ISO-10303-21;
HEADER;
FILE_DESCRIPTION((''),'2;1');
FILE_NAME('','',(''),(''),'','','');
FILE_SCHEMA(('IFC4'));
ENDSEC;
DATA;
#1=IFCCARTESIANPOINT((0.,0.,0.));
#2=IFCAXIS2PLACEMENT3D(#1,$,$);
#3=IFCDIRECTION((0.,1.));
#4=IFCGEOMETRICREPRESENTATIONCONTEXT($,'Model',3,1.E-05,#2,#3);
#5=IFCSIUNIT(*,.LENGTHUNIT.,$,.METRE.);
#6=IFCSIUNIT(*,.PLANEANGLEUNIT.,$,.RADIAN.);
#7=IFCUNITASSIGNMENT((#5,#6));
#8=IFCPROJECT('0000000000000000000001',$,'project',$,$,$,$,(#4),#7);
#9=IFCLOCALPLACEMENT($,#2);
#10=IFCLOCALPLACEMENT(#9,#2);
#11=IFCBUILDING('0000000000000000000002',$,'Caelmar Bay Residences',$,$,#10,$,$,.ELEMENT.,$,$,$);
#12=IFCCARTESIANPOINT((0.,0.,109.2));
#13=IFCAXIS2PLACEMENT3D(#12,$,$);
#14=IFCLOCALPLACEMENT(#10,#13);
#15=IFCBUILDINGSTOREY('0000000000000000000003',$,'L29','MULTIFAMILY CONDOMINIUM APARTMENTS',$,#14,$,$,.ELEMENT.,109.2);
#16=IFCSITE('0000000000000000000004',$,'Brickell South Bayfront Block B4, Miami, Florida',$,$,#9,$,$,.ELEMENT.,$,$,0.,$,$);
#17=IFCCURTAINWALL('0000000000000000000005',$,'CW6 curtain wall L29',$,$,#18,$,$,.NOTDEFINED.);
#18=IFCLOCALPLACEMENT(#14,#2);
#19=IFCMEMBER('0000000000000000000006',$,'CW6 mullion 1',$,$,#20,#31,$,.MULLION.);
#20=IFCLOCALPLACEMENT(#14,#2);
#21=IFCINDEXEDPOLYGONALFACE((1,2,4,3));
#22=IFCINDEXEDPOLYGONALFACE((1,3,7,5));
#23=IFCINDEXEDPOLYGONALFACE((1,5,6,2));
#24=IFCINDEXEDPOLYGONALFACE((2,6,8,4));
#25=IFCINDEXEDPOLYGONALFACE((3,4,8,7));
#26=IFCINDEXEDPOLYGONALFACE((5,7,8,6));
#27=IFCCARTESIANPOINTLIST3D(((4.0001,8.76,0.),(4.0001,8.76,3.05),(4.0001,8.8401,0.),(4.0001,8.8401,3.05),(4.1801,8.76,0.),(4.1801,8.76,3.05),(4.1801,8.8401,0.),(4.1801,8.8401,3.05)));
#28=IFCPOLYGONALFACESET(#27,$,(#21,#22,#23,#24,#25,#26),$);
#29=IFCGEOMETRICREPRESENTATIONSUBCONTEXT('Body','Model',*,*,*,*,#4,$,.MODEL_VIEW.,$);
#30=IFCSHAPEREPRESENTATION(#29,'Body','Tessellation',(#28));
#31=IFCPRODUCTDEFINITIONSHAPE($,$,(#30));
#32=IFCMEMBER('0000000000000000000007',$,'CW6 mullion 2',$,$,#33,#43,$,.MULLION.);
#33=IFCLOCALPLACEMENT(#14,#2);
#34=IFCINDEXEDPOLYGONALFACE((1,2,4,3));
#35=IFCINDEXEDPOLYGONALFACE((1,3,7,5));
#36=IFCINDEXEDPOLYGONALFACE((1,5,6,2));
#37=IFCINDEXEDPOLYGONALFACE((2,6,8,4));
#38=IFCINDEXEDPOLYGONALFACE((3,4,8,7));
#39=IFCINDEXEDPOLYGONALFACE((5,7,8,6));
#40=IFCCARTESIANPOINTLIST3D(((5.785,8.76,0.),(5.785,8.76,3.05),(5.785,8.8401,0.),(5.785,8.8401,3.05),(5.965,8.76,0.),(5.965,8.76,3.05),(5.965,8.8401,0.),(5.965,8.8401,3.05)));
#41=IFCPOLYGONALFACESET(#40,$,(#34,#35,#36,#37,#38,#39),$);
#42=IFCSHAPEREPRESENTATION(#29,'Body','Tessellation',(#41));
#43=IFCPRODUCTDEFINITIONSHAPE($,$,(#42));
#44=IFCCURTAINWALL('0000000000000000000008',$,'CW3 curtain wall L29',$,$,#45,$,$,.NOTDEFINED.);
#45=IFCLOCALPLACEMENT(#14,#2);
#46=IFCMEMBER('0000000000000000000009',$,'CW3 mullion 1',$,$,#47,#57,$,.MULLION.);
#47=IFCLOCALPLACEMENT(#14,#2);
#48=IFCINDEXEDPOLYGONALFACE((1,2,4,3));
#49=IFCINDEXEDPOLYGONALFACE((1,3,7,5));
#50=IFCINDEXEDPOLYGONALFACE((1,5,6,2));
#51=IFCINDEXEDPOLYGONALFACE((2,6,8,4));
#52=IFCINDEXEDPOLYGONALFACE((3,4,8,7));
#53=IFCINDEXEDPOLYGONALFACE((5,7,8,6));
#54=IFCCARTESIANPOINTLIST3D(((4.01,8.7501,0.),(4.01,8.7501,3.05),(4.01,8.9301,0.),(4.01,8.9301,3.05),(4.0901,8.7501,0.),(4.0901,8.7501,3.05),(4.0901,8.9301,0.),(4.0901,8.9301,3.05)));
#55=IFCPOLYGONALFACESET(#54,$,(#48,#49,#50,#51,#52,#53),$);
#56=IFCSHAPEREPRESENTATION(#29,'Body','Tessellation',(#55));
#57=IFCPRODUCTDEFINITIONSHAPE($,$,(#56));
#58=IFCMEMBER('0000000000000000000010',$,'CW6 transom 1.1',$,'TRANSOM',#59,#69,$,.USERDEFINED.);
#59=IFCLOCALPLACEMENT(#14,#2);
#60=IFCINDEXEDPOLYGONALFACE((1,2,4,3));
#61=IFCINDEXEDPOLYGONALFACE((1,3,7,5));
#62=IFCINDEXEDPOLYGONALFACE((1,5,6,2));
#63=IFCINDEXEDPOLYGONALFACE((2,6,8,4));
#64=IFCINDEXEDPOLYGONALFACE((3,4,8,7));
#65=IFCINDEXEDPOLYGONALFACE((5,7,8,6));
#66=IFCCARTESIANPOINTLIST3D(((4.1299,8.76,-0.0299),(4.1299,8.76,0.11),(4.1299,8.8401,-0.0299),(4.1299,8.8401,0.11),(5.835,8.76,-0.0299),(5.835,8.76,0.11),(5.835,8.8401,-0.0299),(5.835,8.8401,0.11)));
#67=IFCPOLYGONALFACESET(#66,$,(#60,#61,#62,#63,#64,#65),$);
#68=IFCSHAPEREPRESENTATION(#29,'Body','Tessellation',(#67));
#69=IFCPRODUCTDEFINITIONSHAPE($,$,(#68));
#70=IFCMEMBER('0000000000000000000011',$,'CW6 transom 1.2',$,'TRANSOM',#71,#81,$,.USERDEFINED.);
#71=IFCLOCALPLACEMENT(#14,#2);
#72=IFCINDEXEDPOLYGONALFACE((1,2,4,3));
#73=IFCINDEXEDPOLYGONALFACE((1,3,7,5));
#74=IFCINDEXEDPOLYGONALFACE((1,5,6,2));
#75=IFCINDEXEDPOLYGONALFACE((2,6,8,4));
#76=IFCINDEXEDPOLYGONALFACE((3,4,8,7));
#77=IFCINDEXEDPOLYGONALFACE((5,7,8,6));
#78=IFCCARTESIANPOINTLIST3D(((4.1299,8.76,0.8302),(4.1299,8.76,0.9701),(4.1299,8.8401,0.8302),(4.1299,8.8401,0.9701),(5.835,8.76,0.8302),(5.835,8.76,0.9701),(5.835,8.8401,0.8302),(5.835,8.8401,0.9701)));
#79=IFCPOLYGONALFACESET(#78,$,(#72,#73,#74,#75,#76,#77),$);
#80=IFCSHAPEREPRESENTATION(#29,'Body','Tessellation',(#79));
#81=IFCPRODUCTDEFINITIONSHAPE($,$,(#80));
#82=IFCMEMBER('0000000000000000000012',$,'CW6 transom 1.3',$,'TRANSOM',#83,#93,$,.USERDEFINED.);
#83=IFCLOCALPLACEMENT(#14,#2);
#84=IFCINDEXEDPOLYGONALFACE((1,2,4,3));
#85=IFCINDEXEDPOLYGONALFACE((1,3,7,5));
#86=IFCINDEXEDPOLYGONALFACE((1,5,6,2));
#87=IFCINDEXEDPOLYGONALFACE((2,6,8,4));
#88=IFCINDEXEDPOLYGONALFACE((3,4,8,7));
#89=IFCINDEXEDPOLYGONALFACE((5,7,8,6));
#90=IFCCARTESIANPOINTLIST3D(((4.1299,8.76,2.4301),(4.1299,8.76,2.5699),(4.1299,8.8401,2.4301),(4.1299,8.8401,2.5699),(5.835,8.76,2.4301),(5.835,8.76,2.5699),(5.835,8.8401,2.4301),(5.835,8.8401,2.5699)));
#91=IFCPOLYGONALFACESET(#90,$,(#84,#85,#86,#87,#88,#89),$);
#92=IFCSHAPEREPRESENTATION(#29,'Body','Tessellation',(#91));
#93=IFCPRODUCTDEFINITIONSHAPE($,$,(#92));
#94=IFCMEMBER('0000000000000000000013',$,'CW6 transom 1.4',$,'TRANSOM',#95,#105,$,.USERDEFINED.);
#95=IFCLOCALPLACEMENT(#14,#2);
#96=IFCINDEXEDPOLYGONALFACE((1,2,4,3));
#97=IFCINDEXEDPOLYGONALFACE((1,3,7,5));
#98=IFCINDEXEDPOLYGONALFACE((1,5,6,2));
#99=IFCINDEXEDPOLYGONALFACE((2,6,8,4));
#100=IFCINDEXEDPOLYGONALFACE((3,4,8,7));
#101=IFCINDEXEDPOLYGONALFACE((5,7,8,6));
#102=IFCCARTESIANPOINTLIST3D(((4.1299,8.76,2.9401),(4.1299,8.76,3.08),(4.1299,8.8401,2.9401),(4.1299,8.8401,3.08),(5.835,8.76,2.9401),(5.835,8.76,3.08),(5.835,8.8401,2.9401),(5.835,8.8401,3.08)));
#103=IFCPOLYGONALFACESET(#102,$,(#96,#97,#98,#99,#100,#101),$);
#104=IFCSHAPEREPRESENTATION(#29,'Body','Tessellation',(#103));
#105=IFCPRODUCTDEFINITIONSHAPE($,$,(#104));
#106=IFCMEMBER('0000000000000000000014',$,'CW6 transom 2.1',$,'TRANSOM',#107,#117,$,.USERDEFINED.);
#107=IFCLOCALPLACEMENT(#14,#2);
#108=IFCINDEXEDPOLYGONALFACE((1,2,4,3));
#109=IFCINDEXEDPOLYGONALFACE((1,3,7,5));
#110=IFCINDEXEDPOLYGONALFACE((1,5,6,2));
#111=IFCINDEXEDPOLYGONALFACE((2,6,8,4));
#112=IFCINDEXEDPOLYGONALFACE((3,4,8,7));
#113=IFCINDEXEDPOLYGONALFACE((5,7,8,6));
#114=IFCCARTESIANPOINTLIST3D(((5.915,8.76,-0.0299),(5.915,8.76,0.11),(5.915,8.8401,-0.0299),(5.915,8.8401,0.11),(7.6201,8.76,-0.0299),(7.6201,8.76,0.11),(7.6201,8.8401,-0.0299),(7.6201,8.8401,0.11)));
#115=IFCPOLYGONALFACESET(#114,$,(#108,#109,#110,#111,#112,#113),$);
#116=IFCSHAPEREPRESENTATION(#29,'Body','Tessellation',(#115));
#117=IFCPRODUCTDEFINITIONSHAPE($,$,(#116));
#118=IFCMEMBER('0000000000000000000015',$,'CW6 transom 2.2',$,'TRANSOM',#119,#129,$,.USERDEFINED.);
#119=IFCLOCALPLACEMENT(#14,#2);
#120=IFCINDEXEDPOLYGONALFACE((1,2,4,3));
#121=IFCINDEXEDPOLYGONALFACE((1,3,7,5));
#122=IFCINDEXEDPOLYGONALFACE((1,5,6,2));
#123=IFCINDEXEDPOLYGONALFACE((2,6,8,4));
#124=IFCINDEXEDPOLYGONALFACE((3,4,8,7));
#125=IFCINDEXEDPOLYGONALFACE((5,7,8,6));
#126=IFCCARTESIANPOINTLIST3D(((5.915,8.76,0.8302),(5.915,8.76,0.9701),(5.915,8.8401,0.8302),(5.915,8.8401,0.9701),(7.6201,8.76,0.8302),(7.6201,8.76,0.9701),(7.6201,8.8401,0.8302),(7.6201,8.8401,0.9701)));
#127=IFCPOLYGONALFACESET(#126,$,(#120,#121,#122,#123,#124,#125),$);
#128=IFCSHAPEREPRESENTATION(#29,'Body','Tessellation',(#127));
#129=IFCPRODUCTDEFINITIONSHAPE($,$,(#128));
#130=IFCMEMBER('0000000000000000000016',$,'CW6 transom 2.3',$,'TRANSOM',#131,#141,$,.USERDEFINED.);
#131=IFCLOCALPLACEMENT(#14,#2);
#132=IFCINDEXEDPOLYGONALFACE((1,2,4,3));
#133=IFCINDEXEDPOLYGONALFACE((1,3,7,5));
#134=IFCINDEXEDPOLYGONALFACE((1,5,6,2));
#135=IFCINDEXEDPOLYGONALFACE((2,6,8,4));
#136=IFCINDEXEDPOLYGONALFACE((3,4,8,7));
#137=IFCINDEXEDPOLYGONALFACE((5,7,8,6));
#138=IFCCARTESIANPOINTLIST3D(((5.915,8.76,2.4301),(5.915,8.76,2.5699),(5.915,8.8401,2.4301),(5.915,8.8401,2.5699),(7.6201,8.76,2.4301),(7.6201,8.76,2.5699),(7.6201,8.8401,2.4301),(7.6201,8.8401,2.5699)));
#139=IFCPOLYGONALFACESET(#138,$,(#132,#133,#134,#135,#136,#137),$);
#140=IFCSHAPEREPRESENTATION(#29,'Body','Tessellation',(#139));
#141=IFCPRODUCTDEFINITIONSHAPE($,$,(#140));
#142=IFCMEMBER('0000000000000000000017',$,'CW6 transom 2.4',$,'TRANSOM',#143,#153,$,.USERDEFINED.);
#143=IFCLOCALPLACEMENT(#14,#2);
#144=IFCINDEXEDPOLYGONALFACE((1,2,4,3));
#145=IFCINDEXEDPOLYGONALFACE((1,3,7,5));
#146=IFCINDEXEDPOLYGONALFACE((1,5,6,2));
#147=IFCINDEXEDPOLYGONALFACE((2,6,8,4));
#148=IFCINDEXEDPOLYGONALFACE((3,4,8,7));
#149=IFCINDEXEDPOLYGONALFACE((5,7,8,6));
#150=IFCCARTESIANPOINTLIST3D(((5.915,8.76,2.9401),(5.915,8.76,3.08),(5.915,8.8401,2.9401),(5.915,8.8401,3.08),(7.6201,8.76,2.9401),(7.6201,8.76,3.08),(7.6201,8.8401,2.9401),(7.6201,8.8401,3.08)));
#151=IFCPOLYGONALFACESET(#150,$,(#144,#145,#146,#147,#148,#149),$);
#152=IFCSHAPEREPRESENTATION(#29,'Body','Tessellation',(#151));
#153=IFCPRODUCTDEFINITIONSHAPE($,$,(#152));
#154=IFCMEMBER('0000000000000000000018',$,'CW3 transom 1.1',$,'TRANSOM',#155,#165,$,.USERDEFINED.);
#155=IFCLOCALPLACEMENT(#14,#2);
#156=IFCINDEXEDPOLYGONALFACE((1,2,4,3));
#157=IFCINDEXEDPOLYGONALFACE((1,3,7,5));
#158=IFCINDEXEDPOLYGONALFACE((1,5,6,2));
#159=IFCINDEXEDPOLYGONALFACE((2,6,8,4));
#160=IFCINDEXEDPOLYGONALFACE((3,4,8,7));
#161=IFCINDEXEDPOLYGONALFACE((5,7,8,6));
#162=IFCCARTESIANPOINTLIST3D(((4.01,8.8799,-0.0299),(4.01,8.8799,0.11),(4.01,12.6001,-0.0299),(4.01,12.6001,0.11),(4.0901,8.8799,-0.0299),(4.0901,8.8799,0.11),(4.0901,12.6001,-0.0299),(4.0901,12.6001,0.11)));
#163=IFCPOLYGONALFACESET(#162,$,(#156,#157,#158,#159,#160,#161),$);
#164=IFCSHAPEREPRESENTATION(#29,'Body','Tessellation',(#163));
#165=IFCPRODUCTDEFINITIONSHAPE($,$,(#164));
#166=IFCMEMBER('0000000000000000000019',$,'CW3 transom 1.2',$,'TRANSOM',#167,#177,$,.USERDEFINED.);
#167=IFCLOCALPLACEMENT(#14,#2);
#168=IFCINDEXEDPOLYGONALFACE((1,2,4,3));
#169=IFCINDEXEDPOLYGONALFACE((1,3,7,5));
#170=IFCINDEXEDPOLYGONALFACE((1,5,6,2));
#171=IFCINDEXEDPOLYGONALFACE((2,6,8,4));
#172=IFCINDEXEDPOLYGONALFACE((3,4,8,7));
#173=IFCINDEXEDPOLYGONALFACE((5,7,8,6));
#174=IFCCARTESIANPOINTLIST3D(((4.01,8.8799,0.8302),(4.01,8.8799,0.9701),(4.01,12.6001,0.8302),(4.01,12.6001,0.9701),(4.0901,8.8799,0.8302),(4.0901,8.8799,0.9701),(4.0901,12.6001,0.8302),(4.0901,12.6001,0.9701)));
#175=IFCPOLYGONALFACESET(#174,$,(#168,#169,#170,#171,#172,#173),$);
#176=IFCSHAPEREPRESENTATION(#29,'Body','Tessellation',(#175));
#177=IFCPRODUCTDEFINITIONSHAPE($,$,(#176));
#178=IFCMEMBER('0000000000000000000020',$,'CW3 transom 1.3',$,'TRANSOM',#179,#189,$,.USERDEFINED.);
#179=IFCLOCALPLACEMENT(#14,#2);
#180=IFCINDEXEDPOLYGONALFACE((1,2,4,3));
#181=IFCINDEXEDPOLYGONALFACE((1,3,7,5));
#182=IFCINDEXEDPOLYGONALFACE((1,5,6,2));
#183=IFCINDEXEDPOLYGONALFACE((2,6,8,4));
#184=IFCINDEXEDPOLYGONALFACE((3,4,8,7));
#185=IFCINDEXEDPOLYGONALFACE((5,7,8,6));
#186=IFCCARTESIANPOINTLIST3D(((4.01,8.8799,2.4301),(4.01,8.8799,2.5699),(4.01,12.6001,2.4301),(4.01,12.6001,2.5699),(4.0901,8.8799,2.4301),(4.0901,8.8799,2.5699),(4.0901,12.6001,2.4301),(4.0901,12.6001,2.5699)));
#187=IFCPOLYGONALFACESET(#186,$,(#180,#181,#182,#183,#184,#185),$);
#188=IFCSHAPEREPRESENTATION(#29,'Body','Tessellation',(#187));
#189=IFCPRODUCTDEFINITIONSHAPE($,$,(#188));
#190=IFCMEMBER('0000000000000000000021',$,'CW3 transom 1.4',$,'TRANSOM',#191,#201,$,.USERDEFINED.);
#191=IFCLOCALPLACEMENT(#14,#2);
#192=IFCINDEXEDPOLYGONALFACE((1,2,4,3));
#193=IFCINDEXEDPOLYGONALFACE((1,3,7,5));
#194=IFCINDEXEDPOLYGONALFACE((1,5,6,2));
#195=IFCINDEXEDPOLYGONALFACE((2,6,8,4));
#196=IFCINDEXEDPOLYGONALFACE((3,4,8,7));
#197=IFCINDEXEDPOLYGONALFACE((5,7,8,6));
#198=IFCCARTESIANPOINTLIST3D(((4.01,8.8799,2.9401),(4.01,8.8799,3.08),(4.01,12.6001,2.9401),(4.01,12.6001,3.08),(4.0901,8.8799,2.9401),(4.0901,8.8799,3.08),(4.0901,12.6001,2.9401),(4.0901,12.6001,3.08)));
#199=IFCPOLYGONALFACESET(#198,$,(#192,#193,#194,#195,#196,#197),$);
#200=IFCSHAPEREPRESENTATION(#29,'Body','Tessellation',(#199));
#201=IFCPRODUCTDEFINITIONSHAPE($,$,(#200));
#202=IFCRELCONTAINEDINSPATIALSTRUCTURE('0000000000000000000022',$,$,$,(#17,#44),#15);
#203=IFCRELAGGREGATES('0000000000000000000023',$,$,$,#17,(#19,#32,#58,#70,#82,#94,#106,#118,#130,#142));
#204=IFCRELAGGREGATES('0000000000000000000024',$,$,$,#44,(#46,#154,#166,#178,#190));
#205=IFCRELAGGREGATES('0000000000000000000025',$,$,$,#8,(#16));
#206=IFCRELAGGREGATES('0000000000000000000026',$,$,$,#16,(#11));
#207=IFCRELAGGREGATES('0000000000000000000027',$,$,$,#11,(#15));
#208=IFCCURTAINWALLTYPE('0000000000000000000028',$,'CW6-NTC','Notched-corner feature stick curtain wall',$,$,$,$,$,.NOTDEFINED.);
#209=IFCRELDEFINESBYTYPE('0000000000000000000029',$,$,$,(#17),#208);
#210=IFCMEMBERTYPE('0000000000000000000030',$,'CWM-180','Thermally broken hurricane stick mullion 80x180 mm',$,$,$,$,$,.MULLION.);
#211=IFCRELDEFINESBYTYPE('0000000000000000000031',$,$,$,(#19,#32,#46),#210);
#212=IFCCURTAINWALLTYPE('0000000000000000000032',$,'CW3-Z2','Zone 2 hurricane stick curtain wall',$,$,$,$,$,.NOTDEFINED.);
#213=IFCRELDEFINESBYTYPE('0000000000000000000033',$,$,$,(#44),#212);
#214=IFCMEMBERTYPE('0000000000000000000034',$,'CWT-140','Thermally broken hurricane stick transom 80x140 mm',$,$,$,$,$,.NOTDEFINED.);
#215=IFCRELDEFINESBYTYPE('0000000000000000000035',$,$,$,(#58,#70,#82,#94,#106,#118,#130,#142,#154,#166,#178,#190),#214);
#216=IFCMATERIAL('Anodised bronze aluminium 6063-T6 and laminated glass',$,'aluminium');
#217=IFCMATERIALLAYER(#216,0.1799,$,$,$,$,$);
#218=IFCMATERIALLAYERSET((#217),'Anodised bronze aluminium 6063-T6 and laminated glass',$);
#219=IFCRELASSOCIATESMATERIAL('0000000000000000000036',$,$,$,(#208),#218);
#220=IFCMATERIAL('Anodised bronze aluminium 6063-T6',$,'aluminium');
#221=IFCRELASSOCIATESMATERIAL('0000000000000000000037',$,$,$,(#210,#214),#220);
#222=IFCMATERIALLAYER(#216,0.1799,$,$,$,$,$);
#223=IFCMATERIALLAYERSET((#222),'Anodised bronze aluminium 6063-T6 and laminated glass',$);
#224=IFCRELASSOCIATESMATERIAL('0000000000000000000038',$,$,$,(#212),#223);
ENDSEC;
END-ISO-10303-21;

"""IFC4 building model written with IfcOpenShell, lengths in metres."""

from ifc_helpers import new_model, si_unit, direction, frame, origin, origin_2d, place, context, subcontext, project, spatial, rectangle, extrude, material, layer, layer_set, material_profile, profile_set, type_object, element, aggregate, save


model = new_model("IFC4")

# Units and contexts
model_context = context("Model", 3, precision=1e-05, world=origin(), true_north=direction((0.0, 1.0)))
body_context = subcontext(model_context, "Body", "Model", "MODEL_VIEW")
ifc_project = project(units=[si_unit("LENGTHUNIT", "METRE"), si_unit("PLANEANGLEUNIT", "RADIAN")], contexts=[model_context])

# Site, building, storey
site_placement = place(None, origin())
site = spatial("IfcSite", under=ifc_project, at=site_placement, Name="Brickell South Bayfront Block B4, Miami, Florida", CompositionType="ELEMENT", RefElevation=0.0)
building_placement = place(site_placement, origin())
building = spatial("IfcBuilding", under=site, at=building_placement, Name="Caelmar Bay Residences", CompositionType="ELEMENT")
storey_placement = place(building_placement, frame((0.0, 0.0, 109.2)))
storey = spatial("IfcBuildingStorey", under=building, at=storey_placement, Name="L29", Description="MULTIFAMILY CONDOMINIUM APARTMENTS", CompositionType="ELEMENT", Elevation=109.2)

# Curtain wall, members
ifc_material_1 = material(Name="Anodised bronze aluminium 6063-T6 and laminated glass", Category="aluminium")
ifc_layer_1 = layer(ifc_material_1, 0.1799)
ifc_layer_set_1 = layer_set([ifc_layer_1], Name="Anodised bronze aluminium 6063-T6 and laminated glass")
curtain_wall_type_1 = type_object("IfcCurtainWallType", Name="CW6-NTC", Description="Notched-corner feature stick curtain wall", PredefinedType="NOTDEFINED", material=ifc_layer_set_1)
curtain_wall_1_placement = place(storey_placement, origin())
curtain_wall_1 = element("IfcCurtainWall", 1, at=curtain_wall_1_placement, inside=storey, type_object=curtain_wall_type_1, Name="CW6 curtain wall L29", PredefinedType="NOTDEFINED")
ifc_material_2 = material(Name="Anodised bronze aluminium 6063-T6", Category="aluminium")
ifc_material_profile_1 = material_profile(ifc_material_2, rectangle(XDim=0.0801, YDim=0.1799, at=origin_2d()), Name="CWM-80X180")
ifc_profile_set_1 = profile_set([ifc_material_profile_1], Name="Anodised bronze aluminium 6063-T6")
member_type_1 = type_object("IfcMemberType", Name="CWM-180", Description="Thermally broken hurricane stick mullion 80x180 mm", PredefinedType="MULLION", material=ifc_profile_set_1)
member_1_placement = place(storey_placement, frame((4.0901, 8.8, 0.0), z_axis=(0.0, 0.0, 1.0), x_axis=(0.0, 1.0, 0.0)))
member_1 = element("IfcMember", 2, at=member_1_placement, type_object=member_type_1, Name="CW6 mullion 1", PredefinedType="MULLION", context=body_context, shape_type="SweptSolid", body=[
    extrude(rectangle(XDim=0.0801, YDim=0.1799, at=origin_2d()), origin(), (0.0, 0.0, 1.0), 3.05),
])
member_2_placement = place(storey_placement, frame((5.875, 8.8, 0.0), z_axis=(0.0, 0.0, 1.0), x_axis=(0.0, 1.0, 0.0)))
member_2 = element("IfcMember", 3, at=member_2_placement, type_object=member_type_1, Name="CW6 mullion 2", PredefinedType="MULLION", context=body_context, shape_type="SweptSolid", body=[
    extrude(rectangle(XDim=0.0801, YDim=0.1799, at=origin_2d()), origin(), (0.0, 0.0, 1.0), 3.05),
])

# Curtain wall, member
ifc_layer_2 = layer(ifc_material_1, 0.1799)
ifc_layer_set_2 = layer_set([ifc_layer_2], Name="Anodised bronze aluminium 6063-T6 and laminated glass")
curtain_wall_type_2 = type_object("IfcCurtainWallType", Name="CW3-Z2", Description="Zone 2 hurricane stick curtain wall", PredefinedType="NOTDEFINED", material=ifc_layer_set_2)
curtain_wall_2_placement = place(storey_placement, origin())
curtain_wall_2 = element("IfcCurtainWall", 4, at=curtain_wall_2_placement, inside=storey, type_object=curtain_wall_type_2, Name="CW3 curtain wall L29", PredefinedType="NOTDEFINED")
member_3_placement = place(storey_placement, frame((4.05, 8.8401, 0.0), z_axis=(0.0, 0.0, 1.0), x_axis=(-1.0, 0.0, 0.0)))
member_3 = element("IfcMember", 5, at=member_3_placement, type_object=member_type_1, Name="CW3 mullion 1", PredefinedType="MULLION", context=body_context, shape_type="SweptSolid", body=[
    extrude(rectangle(XDim=0.0801, YDim=0.1799, at=origin_2d()), origin(), (0.0, 0.0, 1.0), 3.05),
])

# Members
ifc_material_profile_2 = material_profile(ifc_material_2, rectangle(XDim=0.0801, YDim=0.1399, at=origin_2d()), Name="CWT-80X140")
ifc_profile_set_2 = profile_set([ifc_material_profile_2], Name="Anodised bronze aluminium 6063-T6")
member_type_2 = type_object("IfcMemberType", Name="CWT-140", Description="Thermally broken hurricane stick transom 80x140 mm", PredefinedType="NOTDEFINED", material=ifc_profile_set_2)
member_4_placement = place(storey_placement, frame((4.1299, 8.8, 0.04), z_axis=(1.0, 0.0, 0.0), x_axis=(0.0, 1.0, 0.0)))
member_4 = element("IfcMember", 6, at=member_4_placement, type_object=member_type_2, Name="CW6 transom 1.1", ObjectType="TRANSOM", PredefinedType="USERDEFINED", context=body_context, shape_type="SweptSolid", body=[
    extrude(rectangle(XDim=0.0801, YDim=0.1399, at=origin_2d()), origin(), (0.0, 0.0, 1.0), 1.7051),
])
member_5_placement = place(storey_placement, frame((4.1299, 8.8, 0.9001), z_axis=(1.0, 0.0, 0.0), x_axis=(0.0, 1.0, 0.0)))
member_5 = element("IfcMember", 7, at=member_5_placement, type_object=member_type_2, Name="CW6 transom 1.2", ObjectType="TRANSOM", PredefinedType="USERDEFINED", context=body_context, shape_type="SweptSolid", body=[
    extrude(rectangle(XDim=0.0801, YDim=0.1399, at=origin_2d()), origin(), (0.0, 0.0, 1.0), 1.7051),
])
member_6_placement = place(storey_placement, frame((4.1299, 8.8, 2.5), z_axis=(1.0, 0.0, 0.0), x_axis=(0.0, 1.0, 0.0)))
member_6 = element("IfcMember", 8, at=member_6_placement, type_object=member_type_2, Name="CW6 transom 1.3", ObjectType="TRANSOM", PredefinedType="USERDEFINED", context=body_context, shape_type="SweptSolid", body=[
    extrude(rectangle(XDim=0.0801, YDim=0.1399, at=origin_2d()), origin(), (0.0, 0.0, 1.0), 1.7051),
])
member_7_placement = place(storey_placement, frame((4.1299, 8.8, 3.01), z_axis=(1.0, 0.0, 0.0), x_axis=(0.0, 1.0, 0.0)))
member_7 = element("IfcMember", 9, at=member_7_placement, type_object=member_type_2, Name="CW6 transom 1.4", ObjectType="TRANSOM", PredefinedType="USERDEFINED", context=body_context, shape_type="SweptSolid", body=[
    extrude(rectangle(XDim=0.0801, YDim=0.1399, at=origin_2d()), origin(), (0.0, 0.0, 1.0), 1.7051),
])
member_8_placement = place(storey_placement, frame((5.915, 8.8, 0.04), z_axis=(1.0, 0.0, 0.0), x_axis=(0.0, 1.0, 0.0)))
member_8 = element("IfcMember", 10, at=member_8_placement, type_object=member_type_2, Name="CW6 transom 2.1", ObjectType="TRANSOM", PredefinedType="USERDEFINED", context=body_context, shape_type="SweptSolid", body=[
    extrude(rectangle(XDim=0.0801, YDim=0.1399, at=origin_2d()), origin(), (0.0, 0.0, 1.0), 1.7051),
])
member_9_placement = place(storey_placement, frame((5.915, 8.8, 0.9001), z_axis=(1.0, 0.0, 0.0), x_axis=(0.0, 1.0, 0.0)))
member_9 = element("IfcMember", 11, at=member_9_placement, type_object=member_type_2, Name="CW6 transom 2.2", ObjectType="TRANSOM", PredefinedType="USERDEFINED", context=body_context, shape_type="SweptSolid", body=[
    extrude(rectangle(XDim=0.0801, YDim=0.1399, at=origin_2d()), origin(), (0.0, 0.0, 1.0), 1.7051),
])
member_10_placement = place(storey_placement, frame((5.915, 8.8, 2.5), z_axis=(1.0, 0.0, 0.0), x_axis=(0.0, 1.0, 0.0)))
member_10 = element("IfcMember", 12, at=member_10_placement, type_object=member_type_2, Name="CW6 transom 2.3", ObjectType="TRANSOM", PredefinedType="USERDEFINED", context=body_context, shape_type="SweptSolid", body=[
    extrude(rectangle(XDim=0.0801, YDim=0.1399, at=origin_2d()), origin(), (0.0, 0.0, 1.0), 1.7051),
])
member_11_placement = place(storey_placement, frame((5.915, 8.8, 3.01), z_axis=(1.0, 0.0, 0.0), x_axis=(0.0, 1.0, 0.0)))
member_11 = element("IfcMember", 13, at=member_11_placement, type_object=member_type_2, Name="CW6 transom 2.4", ObjectType="TRANSOM", PredefinedType="USERDEFINED", context=body_context, shape_type="SweptSolid", body=[
    extrude(rectangle(XDim=0.0801, YDim=0.1399, at=origin_2d()), origin(), (0.0, 0.0, 1.0), 1.7051),
])
member_12_placement = place(storey_placement, frame((4.05, 8.8799, 0.04), z_axis=(0.0, 1.0, 0.0), x_axis=(-1.0, 0.0, 0.0)))
member_12 = element("IfcMember", 14, at=member_12_placement, type_object=member_type_2, Name="CW3 transom 1.1", ObjectType="TRANSOM", PredefinedType="USERDEFINED", context=body_context, shape_type="SweptSolid", body=[
    extrude(rectangle(XDim=0.0801, YDim=0.1399, at=origin_2d()), origin(), (0.0, 0.0, 1.0), 3.7202),
])
member_13_placement = place(storey_placement, frame((4.05, 8.8799, 0.9001), z_axis=(0.0, 1.0, 0.0), x_axis=(-1.0, 0.0, 0.0)))
member_13 = element("IfcMember", 15, at=member_13_placement, type_object=member_type_2, Name="CW3 transom 1.2", ObjectType="TRANSOM", PredefinedType="USERDEFINED", context=body_context, shape_type="SweptSolid", body=[
    extrude(rectangle(XDim=0.0801, YDim=0.1399, at=origin_2d()), origin(), (0.0, 0.0, 1.0), 3.7202),
])
member_14_placement = place(storey_placement, frame((4.05, 8.8799, 2.5), z_axis=(0.0, 1.0, 0.0), x_axis=(-1.0, 0.0, 0.0)))
member_14 = element("IfcMember", 16, at=member_14_placement, type_object=member_type_2, Name="CW3 transom 1.3", ObjectType="TRANSOM", PredefinedType="USERDEFINED", context=body_context, shape_type="SweptSolid", body=[
    extrude(rectangle(XDim=0.0801, YDim=0.1399, at=origin_2d()), origin(), (0.0, 0.0, 1.0), 3.7202),
])
member_15_placement = place(storey_placement, frame((4.05, 8.8799, 3.01), z_axis=(0.0, 1.0, 0.0), x_axis=(-1.0, 0.0, 0.0)))
member_15 = element("IfcMember", 17, at=member_15_placement, type_object=member_type_2, Name="CW3 transom 1.4", ObjectType="TRANSOM", PredefinedType="USERDEFINED", context=body_context, shape_type="SweptSolid", body=[
    extrude(rectangle(XDim=0.0801, YDim=0.1399, at=origin_2d()), origin(), (0.0, 0.0, 1.0), 3.7202),
])

aggregate(curtain_wall_1, [member_1, member_2, member_4, member_5, member_6, member_7, member_8, member_9, member_10, member_11])
aggregate(curtain_wall_2, [member_3, member_12, member_13, member_14, member_15])

save(model, "model.ifc")
